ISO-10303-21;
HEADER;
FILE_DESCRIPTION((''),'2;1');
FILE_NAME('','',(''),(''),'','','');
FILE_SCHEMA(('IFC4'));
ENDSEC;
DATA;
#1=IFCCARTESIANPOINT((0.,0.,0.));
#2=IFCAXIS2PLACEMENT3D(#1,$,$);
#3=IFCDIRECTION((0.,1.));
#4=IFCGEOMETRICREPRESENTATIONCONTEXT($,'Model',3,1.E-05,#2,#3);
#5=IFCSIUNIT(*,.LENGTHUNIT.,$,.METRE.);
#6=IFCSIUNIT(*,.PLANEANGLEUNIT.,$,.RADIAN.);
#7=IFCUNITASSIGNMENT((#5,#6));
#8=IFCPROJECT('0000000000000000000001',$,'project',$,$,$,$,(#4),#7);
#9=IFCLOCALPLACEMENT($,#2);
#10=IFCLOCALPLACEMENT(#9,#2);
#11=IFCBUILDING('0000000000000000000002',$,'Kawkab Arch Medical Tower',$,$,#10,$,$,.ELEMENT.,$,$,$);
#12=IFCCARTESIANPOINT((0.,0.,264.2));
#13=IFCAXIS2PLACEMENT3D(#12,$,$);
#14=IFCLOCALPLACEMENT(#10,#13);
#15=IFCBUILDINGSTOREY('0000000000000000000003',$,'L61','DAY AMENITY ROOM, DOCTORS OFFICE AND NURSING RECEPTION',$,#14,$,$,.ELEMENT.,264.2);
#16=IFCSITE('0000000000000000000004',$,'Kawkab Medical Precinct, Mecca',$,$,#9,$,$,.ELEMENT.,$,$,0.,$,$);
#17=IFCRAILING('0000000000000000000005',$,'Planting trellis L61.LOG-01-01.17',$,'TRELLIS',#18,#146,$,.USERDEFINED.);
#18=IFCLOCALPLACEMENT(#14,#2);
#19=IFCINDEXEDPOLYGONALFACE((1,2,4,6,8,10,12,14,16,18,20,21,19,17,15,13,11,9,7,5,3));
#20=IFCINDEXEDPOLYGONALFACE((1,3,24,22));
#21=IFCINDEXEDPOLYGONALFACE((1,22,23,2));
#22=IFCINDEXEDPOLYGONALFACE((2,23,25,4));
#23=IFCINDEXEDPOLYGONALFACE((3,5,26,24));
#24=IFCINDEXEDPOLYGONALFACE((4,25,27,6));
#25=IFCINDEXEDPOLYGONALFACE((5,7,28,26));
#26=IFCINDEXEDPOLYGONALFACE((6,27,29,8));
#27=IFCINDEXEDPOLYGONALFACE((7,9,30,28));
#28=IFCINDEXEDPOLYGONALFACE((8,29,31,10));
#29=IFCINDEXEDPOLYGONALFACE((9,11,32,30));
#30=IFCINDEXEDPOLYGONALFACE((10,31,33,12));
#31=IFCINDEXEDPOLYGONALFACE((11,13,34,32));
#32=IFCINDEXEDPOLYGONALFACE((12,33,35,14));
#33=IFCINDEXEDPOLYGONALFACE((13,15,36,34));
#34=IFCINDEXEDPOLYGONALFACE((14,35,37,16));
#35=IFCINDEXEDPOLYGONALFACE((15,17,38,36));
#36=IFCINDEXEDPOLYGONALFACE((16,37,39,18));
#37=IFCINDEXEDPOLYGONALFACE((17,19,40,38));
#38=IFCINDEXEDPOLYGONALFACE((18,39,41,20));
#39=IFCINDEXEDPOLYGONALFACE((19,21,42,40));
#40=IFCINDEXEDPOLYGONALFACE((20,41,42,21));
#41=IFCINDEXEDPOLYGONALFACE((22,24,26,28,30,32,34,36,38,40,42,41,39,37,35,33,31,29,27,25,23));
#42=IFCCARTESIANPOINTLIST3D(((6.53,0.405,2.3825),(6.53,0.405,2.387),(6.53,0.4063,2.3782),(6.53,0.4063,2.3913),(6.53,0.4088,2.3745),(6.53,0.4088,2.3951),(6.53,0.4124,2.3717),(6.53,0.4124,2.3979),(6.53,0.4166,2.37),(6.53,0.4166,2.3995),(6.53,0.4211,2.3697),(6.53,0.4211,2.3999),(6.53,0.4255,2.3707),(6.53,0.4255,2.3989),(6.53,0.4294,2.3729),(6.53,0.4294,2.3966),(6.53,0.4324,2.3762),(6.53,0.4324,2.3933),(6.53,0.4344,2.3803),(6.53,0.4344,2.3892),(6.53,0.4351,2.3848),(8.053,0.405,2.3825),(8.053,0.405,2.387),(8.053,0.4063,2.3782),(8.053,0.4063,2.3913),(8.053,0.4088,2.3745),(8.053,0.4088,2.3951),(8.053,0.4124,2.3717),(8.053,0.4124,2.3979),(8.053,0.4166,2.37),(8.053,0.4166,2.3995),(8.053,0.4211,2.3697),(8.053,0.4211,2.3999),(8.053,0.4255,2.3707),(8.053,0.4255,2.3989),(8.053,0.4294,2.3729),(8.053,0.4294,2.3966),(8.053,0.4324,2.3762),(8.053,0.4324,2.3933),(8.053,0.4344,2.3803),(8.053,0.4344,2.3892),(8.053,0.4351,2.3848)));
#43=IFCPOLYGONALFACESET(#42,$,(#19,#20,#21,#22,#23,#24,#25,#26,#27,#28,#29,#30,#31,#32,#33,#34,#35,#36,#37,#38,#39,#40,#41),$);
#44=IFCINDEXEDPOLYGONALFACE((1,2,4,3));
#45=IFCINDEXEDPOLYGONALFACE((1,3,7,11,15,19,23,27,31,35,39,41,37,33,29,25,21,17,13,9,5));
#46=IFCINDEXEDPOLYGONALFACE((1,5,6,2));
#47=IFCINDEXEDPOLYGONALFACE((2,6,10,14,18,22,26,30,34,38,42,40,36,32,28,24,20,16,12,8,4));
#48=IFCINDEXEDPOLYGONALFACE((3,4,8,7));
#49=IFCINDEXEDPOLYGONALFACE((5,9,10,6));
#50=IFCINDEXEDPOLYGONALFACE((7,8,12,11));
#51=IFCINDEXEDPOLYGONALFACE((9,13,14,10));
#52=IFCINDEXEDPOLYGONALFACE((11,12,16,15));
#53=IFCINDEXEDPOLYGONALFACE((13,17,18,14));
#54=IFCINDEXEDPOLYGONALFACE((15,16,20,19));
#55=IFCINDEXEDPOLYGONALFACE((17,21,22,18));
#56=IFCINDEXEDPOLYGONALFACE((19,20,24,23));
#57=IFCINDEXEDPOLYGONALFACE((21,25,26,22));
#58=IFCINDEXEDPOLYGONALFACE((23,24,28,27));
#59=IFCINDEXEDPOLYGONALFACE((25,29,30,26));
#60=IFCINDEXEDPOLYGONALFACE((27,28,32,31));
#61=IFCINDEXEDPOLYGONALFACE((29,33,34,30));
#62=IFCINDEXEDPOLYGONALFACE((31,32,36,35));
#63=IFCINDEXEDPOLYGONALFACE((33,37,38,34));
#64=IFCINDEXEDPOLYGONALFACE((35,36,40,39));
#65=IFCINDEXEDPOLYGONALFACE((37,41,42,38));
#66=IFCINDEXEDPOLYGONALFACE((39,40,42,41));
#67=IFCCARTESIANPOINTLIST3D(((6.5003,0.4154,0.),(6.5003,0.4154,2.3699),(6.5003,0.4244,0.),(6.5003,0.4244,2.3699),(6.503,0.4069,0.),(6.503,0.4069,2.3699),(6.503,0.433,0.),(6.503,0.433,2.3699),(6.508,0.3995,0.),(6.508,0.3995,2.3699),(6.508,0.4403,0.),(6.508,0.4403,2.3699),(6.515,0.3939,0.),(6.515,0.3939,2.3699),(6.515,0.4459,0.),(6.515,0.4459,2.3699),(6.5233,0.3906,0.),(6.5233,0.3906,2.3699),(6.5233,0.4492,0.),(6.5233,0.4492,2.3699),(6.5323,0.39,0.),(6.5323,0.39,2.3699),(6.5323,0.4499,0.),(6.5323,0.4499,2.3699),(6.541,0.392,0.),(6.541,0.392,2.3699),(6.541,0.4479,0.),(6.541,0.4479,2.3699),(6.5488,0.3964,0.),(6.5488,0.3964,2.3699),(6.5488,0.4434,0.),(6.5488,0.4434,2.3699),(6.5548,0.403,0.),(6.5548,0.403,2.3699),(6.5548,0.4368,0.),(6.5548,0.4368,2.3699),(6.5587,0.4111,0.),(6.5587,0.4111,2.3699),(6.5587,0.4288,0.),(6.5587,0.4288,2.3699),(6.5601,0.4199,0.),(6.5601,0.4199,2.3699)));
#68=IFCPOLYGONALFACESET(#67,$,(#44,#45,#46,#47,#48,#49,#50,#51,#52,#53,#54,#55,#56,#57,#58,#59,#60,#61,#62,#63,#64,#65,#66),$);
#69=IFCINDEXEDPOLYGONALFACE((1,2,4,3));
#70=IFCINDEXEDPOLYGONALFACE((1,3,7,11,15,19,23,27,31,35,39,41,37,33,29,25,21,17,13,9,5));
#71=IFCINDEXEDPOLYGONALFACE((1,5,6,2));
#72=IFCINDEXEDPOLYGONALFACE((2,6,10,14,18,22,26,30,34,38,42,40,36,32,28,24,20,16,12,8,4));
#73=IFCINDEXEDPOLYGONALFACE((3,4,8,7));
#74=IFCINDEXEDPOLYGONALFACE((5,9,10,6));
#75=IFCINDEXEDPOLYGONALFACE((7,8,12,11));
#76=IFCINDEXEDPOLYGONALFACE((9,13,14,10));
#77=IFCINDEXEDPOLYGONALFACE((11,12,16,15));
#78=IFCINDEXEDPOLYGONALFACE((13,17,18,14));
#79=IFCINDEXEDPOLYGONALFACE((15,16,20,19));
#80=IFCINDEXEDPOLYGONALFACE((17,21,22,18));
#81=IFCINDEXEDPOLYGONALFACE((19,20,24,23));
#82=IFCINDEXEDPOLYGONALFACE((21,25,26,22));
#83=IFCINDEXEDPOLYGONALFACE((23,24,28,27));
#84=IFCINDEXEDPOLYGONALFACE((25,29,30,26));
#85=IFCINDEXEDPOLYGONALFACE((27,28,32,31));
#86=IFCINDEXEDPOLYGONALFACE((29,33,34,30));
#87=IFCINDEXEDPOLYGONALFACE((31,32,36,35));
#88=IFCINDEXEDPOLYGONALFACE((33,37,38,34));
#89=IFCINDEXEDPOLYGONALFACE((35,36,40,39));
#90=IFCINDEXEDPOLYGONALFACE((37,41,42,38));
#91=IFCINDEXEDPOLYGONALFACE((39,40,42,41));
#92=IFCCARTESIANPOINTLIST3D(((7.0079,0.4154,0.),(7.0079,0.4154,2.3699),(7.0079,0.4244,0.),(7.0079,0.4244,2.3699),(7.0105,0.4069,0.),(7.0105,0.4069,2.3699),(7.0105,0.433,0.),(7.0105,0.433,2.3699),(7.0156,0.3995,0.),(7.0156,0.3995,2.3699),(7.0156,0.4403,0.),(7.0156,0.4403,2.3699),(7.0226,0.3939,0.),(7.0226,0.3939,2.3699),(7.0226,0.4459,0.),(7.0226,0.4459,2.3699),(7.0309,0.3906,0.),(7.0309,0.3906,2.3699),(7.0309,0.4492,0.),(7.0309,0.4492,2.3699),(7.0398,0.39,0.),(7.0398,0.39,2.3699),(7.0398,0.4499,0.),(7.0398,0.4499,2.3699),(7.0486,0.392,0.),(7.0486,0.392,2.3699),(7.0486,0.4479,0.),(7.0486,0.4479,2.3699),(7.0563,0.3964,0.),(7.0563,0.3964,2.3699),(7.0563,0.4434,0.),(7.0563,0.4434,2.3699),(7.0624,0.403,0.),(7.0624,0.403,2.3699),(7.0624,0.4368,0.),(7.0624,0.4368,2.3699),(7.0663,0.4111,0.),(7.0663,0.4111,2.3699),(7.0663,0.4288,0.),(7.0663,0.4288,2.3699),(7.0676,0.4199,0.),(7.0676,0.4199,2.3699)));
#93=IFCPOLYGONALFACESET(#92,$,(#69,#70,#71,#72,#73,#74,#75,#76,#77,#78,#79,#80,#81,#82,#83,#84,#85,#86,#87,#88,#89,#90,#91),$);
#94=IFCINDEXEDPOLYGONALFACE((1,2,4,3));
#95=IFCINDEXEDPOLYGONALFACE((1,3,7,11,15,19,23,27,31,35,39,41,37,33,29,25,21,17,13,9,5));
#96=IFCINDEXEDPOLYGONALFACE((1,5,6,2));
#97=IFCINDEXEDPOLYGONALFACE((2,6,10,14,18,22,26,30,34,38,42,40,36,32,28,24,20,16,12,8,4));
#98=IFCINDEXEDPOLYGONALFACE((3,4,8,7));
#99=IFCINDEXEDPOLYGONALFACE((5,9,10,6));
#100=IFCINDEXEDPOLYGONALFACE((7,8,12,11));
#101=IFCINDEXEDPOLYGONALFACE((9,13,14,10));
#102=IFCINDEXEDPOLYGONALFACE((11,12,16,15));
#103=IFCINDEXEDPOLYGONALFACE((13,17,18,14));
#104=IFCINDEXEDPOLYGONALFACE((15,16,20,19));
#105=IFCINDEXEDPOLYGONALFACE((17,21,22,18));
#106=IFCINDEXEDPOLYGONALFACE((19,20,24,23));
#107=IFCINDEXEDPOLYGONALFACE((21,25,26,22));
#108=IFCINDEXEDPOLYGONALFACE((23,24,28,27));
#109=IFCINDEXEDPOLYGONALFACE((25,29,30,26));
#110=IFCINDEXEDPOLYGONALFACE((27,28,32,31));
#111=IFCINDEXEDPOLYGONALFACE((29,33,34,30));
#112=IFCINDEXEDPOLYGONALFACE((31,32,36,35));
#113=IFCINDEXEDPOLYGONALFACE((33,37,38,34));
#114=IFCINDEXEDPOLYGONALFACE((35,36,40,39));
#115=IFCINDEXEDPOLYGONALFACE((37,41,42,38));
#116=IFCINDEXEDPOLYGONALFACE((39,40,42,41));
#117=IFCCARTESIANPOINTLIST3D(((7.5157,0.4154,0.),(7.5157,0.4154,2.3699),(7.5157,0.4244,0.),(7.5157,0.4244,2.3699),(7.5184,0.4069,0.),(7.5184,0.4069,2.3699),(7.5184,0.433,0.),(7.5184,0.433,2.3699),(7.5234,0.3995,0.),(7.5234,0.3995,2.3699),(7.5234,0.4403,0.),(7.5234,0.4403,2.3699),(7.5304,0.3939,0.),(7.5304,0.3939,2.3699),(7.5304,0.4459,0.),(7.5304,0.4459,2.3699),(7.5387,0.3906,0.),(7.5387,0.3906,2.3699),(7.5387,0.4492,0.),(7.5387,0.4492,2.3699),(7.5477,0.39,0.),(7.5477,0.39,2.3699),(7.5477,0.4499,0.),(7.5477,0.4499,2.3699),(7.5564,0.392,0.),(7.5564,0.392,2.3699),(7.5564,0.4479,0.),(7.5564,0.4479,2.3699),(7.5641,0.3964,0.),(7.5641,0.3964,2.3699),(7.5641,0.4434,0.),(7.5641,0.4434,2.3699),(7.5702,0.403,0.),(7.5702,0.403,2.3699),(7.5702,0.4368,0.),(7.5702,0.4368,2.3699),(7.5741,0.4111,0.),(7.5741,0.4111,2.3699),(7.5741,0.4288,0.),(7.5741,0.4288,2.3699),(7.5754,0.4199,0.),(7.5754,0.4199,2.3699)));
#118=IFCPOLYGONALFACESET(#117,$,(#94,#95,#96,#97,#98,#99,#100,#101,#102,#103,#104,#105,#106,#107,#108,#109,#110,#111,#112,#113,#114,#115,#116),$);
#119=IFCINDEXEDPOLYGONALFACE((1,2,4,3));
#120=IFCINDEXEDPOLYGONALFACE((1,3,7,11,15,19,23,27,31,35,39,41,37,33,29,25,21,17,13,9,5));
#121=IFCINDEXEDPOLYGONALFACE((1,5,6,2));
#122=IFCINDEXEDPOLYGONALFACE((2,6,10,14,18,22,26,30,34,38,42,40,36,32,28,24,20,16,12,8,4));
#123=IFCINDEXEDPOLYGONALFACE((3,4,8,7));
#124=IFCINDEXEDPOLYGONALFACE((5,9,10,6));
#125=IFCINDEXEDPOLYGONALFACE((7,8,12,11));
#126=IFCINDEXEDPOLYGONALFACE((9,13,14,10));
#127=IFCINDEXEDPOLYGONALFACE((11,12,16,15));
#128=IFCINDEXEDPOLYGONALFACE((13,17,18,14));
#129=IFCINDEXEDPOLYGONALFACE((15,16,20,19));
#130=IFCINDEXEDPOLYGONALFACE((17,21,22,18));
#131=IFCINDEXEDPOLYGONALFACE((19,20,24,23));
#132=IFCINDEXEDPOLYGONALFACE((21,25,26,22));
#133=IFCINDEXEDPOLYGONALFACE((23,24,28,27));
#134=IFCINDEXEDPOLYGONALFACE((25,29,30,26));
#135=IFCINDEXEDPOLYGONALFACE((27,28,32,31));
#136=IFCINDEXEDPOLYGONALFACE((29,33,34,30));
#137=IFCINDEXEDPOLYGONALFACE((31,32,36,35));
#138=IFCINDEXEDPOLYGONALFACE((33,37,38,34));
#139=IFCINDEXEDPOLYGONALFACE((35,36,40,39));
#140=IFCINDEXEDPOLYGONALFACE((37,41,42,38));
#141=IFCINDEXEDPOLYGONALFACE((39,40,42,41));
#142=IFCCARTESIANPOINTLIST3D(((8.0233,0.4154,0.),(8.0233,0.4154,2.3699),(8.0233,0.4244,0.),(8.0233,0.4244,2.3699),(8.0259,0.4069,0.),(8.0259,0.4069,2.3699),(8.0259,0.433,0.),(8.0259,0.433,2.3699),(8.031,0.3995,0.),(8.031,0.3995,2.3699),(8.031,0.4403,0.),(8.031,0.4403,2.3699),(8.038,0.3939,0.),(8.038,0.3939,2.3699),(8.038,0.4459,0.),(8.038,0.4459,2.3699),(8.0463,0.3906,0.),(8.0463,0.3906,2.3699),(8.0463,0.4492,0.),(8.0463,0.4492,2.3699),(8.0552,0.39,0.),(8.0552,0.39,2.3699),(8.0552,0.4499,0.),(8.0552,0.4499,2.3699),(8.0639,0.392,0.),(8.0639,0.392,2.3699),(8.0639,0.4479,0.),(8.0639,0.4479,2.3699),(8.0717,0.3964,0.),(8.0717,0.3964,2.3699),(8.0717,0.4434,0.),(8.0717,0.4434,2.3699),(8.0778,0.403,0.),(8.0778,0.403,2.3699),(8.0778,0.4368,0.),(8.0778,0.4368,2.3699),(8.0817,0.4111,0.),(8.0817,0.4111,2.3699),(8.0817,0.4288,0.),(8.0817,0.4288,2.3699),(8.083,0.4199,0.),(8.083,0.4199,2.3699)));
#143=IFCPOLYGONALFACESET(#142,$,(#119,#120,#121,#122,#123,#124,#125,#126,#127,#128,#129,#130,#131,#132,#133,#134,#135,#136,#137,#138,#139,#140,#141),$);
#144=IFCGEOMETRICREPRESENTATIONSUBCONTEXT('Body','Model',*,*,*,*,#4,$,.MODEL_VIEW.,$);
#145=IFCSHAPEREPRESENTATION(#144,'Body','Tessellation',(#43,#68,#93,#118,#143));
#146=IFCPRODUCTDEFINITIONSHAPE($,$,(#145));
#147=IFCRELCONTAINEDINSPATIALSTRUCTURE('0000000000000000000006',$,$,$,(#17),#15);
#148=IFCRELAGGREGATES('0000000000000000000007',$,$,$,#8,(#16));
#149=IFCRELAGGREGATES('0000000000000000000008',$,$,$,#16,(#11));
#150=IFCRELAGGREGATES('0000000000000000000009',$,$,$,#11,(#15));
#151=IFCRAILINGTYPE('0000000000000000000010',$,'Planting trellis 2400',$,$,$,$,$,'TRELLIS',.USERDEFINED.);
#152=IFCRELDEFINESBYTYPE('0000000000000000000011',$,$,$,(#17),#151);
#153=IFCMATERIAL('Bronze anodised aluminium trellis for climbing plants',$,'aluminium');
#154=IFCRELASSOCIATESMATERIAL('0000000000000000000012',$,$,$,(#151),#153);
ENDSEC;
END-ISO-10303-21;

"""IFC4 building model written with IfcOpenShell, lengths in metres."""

from ifc_helpers import new_model, si_unit, direction, frame, origin, origin_2d, place, context, subcontext, project, spatial, circle, extrude, material, type_object, element, save


model = new_model("IFC4")

# Units and contexts
model_context = context("Model", 3, precision=1e-05, world=origin(), true_north=direction((0.0, 1.0)))
body_context = subcontext(model_context, "Body", "Model", "MODEL_VIEW")
ifc_project = project(units=[si_unit("LENGTHUNIT", "METRE"), si_unit("PLANEANGLEUNIT", "RADIAN")], contexts=[model_context])

# Site, building, storey
site_placement = place(None, origin())
site = spatial("IfcSite", under=ifc_project, at=site_placement, Name="Kawkab Medical Precinct, Mecca", CompositionType="ELEMENT", RefElevation=0.0)
building_placement = place(site_placement, origin())
building = spatial("IfcBuilding", under=site, at=building_placement, Name="Kawkab Arch Medical Tower", CompositionType="ELEMENT")
storey_placement = place(building_placement, frame((0.0, 0.0, 264.2)))
storey = spatial("IfcBuildingStorey", under=building, at=storey_placement, Name="L61", Description="DAY AMENITY ROOM, DOCTORS OFFICE AND NURSING RECEPTION", CompositionType="ELEMENT", Elevation=264.2)

# Railing
ifc_material_1 = material(Name="Bronze anodised aluminium trellis for climbing plants", Category="aluminium")
railing_type_1 = type_object("IfcRailingType", Name="Planting trellis 2400", ElementType="TRELLIS", PredefinedType="USERDEFINED", material=ifc_material_1)
railing_1_placement = place(storey_placement, frame((6.53, 0.4199, 0.0)))
element("IfcRailing", 1, at=railing_1_placement, inside=storey, type_object=railing_type_1, Name="Planting trellis L61.LOG-01-01.17", ObjectType="TRELLIS", PredefinedType="USERDEFINED", context=body_context, shape_type="SweptSolid", body=[
    extrude(circle(Radius=0.0151, at=origin_2d()), frame((0.0, 0.0, 2.3848), z_axis=(1.0, 0.0, 0.0), x_axis=(0.0, 1.0, 0.0)), (0.0, 0.0, 1.0), 1.5229),
    extrude(circle(Radius=0.03, at=origin_2d()), origin(), (0.0, 0.0, 1.0), 2.3699),
    extrude(circle(Radius=0.03, at=origin_2d()), frame((0.5076, 0.0, 0.0)), (0.0, 0.0, 1.0), 2.3699),
    extrude(circle(Radius=0.03, at=origin_2d()), frame((1.0154, 0.0, 0.0)), (0.0, 0.0, 1.0), 2.3699),
    extrude(circle(Radius=0.03, at=origin_2d()), frame((1.5229, 0.0, 0.0)), (0.0, 0.0, 1.0), 2.3699),
])

save(model, "model.ifc")
